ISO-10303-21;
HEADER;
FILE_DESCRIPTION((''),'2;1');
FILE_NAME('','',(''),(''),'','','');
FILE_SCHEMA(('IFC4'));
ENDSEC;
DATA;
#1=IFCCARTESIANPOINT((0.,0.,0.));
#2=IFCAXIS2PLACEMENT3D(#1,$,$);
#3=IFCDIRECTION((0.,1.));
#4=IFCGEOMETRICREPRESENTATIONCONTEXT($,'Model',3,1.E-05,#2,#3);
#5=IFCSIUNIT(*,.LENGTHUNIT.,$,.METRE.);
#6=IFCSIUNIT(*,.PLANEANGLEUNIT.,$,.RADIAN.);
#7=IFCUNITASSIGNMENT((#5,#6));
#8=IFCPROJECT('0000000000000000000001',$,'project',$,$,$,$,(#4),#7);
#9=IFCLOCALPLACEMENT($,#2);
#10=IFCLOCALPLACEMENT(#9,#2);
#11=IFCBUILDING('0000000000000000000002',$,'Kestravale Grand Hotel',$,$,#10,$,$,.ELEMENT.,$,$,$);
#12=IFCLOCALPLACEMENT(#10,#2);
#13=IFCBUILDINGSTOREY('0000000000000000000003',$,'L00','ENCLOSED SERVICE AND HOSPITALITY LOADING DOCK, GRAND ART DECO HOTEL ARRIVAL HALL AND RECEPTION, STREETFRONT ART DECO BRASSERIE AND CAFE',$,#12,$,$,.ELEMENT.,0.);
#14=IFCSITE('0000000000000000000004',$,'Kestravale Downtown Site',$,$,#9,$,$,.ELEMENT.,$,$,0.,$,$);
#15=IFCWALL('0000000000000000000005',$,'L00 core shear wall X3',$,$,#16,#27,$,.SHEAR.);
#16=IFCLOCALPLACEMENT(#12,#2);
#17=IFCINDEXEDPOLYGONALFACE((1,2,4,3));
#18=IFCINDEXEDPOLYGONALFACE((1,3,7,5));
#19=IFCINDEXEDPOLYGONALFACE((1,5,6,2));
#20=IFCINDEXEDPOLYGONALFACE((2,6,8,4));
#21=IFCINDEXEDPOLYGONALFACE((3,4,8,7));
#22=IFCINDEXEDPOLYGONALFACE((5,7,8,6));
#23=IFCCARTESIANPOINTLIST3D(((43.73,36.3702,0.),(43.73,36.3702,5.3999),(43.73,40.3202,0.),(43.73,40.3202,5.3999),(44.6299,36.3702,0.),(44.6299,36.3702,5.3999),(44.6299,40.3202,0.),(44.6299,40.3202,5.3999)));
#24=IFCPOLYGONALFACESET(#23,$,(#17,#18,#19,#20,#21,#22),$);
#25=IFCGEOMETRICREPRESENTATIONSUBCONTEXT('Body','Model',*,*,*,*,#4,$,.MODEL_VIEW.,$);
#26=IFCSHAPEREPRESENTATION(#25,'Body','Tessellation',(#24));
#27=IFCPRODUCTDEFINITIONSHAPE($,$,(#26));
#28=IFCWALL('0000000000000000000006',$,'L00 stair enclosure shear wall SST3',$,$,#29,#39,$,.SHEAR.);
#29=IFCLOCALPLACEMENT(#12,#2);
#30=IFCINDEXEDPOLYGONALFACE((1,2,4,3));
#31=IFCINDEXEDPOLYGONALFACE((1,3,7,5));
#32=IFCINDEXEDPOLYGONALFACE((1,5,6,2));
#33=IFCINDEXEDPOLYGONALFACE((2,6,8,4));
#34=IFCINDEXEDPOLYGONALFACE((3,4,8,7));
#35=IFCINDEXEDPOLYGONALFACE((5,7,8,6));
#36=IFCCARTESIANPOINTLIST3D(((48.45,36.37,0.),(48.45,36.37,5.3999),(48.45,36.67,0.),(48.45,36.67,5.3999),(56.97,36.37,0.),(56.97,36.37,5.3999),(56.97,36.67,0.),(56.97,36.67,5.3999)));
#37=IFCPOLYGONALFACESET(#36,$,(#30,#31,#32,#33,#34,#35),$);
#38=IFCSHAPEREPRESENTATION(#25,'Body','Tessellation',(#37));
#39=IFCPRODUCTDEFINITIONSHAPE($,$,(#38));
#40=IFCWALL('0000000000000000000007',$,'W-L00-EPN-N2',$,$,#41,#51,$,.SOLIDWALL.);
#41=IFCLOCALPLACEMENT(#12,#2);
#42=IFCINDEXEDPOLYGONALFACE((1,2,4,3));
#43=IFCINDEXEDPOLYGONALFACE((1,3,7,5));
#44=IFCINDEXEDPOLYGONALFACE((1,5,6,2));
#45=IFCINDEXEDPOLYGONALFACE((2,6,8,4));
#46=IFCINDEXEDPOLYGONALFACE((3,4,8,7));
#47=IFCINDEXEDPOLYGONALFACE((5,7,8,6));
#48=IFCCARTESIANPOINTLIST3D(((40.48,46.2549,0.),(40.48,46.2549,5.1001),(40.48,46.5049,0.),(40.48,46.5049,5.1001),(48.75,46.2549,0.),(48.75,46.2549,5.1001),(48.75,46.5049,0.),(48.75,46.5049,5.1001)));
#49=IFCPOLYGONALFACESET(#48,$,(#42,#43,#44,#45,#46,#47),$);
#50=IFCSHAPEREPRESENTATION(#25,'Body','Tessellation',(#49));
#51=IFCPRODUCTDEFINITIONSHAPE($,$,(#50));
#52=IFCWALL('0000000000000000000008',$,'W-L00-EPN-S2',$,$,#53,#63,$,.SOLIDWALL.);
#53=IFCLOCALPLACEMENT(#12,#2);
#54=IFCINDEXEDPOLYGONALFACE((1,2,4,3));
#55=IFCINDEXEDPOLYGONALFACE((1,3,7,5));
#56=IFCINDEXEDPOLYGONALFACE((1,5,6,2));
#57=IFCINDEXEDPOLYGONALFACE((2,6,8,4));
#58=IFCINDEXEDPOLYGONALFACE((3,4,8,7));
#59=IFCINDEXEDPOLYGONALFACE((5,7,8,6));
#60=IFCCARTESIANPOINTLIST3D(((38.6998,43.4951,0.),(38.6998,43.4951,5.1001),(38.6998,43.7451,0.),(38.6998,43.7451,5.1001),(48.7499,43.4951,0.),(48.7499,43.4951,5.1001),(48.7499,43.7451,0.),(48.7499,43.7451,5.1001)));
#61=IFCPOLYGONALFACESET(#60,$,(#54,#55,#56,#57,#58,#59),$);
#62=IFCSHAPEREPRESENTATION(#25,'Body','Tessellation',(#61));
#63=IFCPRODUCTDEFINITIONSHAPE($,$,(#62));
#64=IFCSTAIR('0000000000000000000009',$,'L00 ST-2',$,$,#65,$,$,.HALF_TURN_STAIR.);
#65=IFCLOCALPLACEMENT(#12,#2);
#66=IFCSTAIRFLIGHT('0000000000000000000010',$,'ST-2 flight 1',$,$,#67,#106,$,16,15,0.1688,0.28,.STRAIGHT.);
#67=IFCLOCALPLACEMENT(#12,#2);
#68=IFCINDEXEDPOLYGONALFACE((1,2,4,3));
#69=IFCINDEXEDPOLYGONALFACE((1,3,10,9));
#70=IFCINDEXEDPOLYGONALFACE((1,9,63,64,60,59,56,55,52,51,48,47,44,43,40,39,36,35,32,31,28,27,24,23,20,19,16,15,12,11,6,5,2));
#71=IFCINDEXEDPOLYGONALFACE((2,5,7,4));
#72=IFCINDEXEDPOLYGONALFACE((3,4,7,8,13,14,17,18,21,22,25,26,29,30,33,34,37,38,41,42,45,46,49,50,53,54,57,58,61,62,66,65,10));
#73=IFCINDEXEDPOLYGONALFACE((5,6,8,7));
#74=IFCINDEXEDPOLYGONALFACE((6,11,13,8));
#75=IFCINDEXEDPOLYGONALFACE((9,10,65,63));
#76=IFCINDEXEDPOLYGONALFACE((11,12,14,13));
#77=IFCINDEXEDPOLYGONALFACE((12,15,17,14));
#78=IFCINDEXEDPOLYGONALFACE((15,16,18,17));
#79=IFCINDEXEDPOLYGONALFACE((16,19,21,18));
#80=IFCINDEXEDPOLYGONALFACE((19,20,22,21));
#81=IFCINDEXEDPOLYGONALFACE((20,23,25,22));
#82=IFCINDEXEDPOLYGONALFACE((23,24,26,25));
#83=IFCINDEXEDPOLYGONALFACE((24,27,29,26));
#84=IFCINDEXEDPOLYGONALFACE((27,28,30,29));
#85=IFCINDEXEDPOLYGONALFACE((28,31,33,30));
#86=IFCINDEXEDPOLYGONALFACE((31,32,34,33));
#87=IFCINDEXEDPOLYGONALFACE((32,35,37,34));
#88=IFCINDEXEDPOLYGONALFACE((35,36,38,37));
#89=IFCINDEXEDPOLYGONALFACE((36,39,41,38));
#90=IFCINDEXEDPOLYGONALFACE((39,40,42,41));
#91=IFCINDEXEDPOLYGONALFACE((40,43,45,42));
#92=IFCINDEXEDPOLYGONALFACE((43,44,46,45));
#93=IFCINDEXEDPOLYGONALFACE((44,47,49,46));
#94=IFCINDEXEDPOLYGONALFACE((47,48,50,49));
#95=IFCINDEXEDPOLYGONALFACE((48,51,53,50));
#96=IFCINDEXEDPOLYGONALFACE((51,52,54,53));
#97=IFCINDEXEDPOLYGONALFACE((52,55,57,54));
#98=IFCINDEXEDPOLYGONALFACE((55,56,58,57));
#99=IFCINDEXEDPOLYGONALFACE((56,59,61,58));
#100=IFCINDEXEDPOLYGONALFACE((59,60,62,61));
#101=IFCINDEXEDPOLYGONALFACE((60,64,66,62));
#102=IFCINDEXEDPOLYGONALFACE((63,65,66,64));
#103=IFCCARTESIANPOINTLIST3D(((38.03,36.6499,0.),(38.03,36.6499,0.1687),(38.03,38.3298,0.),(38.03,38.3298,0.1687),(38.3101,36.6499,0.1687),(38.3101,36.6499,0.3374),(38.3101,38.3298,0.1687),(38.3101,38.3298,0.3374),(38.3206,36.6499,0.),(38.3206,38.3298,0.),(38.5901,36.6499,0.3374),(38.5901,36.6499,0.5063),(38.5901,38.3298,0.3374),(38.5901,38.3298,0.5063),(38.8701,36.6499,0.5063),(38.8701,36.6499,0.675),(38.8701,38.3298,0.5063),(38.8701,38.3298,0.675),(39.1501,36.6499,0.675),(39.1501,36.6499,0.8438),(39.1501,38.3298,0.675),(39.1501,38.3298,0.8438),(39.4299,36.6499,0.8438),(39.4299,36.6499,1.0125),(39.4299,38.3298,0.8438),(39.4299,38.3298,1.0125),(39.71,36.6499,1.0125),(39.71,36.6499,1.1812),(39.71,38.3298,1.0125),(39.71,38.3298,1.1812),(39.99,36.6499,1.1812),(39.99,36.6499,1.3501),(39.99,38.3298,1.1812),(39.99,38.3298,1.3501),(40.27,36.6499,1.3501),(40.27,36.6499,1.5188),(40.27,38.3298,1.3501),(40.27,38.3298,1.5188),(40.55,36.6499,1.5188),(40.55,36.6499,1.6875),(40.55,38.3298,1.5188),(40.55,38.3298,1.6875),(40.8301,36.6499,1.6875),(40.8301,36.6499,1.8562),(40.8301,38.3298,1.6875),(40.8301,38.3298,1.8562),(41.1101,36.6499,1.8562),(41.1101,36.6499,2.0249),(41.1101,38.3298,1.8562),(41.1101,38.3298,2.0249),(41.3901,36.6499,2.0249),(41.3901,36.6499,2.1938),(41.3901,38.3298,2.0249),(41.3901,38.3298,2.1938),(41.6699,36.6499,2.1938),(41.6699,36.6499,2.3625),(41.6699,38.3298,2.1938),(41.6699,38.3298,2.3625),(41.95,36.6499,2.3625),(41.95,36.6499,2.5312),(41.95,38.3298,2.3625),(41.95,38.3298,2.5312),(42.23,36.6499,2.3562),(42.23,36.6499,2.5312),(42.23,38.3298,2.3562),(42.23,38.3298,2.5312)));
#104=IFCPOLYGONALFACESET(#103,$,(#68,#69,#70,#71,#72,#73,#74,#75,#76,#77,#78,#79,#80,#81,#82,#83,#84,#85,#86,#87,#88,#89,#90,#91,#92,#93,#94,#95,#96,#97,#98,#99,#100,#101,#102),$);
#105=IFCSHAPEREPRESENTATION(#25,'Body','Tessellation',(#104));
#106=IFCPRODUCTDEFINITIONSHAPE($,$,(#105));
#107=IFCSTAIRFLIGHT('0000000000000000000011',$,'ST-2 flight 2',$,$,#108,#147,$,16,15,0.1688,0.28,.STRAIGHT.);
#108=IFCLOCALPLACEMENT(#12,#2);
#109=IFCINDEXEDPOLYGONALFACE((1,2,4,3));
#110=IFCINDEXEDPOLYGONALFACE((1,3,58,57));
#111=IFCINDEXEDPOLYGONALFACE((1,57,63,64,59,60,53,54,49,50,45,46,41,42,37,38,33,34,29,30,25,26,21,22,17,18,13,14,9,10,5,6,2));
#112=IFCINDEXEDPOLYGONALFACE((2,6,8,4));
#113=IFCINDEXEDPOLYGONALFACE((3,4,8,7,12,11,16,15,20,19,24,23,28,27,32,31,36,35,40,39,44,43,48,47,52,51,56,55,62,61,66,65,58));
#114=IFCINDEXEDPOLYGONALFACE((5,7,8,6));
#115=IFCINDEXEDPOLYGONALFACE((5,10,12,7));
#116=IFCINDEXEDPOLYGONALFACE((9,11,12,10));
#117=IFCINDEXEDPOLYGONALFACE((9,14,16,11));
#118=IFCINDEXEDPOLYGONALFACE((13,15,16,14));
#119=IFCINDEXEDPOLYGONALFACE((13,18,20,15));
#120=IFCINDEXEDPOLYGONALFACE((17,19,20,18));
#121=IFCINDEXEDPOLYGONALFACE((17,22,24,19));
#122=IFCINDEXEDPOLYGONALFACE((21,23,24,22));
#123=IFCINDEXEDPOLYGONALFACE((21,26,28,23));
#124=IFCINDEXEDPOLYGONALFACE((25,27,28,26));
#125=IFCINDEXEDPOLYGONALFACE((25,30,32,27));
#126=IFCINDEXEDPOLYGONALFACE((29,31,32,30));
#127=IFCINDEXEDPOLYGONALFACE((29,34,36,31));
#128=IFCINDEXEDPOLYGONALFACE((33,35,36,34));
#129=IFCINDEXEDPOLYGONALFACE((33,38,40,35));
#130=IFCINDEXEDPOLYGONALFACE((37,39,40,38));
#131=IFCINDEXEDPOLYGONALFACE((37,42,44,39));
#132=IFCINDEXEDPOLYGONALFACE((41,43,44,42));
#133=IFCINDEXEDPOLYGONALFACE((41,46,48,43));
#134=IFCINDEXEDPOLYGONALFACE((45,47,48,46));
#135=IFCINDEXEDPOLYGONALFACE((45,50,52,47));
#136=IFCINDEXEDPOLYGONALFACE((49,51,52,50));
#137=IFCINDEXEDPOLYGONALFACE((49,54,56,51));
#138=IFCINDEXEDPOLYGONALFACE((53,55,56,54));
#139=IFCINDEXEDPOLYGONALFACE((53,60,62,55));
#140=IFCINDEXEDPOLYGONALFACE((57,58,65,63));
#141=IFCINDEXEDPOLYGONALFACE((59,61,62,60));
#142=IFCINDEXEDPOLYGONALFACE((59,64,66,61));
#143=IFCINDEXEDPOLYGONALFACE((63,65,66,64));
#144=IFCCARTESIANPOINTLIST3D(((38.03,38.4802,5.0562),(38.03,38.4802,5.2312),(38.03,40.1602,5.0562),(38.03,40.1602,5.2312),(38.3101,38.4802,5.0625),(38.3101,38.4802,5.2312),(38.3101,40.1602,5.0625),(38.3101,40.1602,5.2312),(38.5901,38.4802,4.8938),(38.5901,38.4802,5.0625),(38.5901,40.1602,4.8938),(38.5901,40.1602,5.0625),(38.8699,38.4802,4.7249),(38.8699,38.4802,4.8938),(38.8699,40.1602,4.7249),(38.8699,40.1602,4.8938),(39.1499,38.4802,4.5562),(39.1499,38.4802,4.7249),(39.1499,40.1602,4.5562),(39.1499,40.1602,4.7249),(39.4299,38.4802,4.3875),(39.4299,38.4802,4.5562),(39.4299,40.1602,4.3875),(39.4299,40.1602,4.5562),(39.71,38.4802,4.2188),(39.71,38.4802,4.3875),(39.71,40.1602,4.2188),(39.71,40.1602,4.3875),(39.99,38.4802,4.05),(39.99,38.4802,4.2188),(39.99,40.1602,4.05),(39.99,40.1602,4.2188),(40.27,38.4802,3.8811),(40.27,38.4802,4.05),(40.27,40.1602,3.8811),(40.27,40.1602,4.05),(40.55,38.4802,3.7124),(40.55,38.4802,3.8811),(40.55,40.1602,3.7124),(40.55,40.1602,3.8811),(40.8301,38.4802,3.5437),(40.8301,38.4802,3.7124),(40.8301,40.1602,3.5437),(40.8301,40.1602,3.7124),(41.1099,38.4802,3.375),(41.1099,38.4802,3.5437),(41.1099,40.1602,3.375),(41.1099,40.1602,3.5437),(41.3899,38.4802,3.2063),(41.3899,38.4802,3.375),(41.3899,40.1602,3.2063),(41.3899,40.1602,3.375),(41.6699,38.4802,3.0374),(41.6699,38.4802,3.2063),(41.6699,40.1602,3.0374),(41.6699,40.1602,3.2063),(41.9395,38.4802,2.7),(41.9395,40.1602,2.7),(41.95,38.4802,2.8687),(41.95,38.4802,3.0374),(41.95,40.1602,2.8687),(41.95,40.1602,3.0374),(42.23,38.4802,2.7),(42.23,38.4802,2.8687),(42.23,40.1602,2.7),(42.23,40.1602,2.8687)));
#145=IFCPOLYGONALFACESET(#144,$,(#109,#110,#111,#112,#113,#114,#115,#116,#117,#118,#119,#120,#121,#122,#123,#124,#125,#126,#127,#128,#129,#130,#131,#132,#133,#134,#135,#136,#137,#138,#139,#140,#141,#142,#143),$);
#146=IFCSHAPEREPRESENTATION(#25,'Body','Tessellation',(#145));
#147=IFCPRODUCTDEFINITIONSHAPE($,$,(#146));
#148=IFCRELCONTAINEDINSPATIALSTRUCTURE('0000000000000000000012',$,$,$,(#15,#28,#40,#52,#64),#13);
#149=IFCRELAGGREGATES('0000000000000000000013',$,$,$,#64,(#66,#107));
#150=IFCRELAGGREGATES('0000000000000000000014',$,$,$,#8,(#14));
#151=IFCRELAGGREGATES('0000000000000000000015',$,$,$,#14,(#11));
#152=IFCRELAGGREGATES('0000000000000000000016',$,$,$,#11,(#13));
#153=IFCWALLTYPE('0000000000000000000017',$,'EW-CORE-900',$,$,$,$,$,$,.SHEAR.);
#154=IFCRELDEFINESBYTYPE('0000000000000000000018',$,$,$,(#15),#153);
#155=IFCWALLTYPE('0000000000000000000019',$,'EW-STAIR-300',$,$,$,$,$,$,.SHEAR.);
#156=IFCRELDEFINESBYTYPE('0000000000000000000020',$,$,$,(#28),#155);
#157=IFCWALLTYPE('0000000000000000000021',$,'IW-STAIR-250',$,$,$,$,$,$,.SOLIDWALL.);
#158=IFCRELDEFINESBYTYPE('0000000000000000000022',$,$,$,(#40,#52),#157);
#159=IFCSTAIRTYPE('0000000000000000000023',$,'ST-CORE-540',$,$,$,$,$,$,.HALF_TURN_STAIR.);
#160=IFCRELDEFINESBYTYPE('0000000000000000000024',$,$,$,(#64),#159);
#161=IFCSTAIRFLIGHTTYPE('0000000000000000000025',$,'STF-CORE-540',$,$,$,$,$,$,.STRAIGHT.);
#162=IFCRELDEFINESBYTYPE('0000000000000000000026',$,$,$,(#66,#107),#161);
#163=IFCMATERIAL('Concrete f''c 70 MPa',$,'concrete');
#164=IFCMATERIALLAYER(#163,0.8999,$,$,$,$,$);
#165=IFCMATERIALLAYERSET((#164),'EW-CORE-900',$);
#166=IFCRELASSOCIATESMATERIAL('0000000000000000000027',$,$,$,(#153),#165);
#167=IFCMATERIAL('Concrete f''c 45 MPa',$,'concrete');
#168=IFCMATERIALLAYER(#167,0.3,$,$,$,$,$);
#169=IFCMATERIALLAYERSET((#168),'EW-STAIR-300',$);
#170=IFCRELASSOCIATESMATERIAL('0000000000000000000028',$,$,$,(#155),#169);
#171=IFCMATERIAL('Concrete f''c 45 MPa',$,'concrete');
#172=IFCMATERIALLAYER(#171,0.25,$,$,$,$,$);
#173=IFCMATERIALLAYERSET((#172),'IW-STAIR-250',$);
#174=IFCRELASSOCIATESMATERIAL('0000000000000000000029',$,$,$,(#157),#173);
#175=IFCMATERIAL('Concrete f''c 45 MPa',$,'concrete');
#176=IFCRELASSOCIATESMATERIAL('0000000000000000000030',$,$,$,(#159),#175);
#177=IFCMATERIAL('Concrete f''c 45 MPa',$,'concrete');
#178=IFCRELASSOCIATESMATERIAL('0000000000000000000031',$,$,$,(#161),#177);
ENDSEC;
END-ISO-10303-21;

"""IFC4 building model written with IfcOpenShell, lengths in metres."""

from ifc_helpers import new_model, si_unit, direction, frame, frame_2d, origin, place, context, subcontext, project, spatial, polyline, rectangle, outline, extrude, material, layer, layer_set, type_object, element, aggregate, save


model = new_model("IFC4")

# Units and contexts
model_context = context("Model", 3, precision=1e-05, world=origin(), true_north=direction((0.0, 1.0)))
body_context = subcontext(model_context, "Body", "Model", "MODEL_VIEW")
ifc_project = project(units=[si_unit("LENGTHUNIT", "METRE"), si_unit("PLANEANGLEUNIT", "RADIAN")], contexts=[model_context])

# Site, building, storey
site_placement = place(None, origin())
site = spatial("IfcSite", under=ifc_project, at=site_placement, Name="Kestravale Downtown Site", CompositionType="ELEMENT", RefElevation=0.0)
building_placement = place(site_placement, origin())
building = spatial("IfcBuilding", under=site, at=building_placement, Name="Kestravale Grand Hotel", CompositionType="ELEMENT")
storey_placement = place(building_placement, origin())
storey = spatial("IfcBuildingStorey", under=building, at=storey_placement, Name="L00", Description="ENCLOSED SERVICE AND HOSPITALITY LOADING DOCK, GRAND ART DECO HOTEL ARRIVAL HALL AND RECEPTION, STREETFRONT ART DECO BRASSERIE AND CAFE", CompositionType="ELEMENT", Elevation=0.0)

# Shared definitions
ifc_material_1 = material(Name="Concrete f'c 70 MPa", Category="concrete")
ifc_layer_1 = layer(ifc_material_1, 0.8999)
ifc_layer_set_1 = layer_set([ifc_layer_1], Name="EW-CORE-900")
wall_type_1 = type_object("IfcWallType", Name="EW-CORE-900", PredefinedType="SHEAR", material=ifc_layer_set_1)

# Walls
wall_1_placement = place(storey_placement, frame((44.1799, 36.3701, 0.0), z_axis=(0.0, 0.0, 1.0), x_axis=(0.0, 1.0, 0.0)))
element("IfcWall", 1, at=wall_1_placement, inside=storey, type_object=wall_type_1, Name="L00 core shear wall X3", PredefinedType="SHEAR", context=body_context, shape_type="SweptSolid", body=[
    extrude(rectangle(XDim=3.95, YDim=0.8999, at=frame_2d((1.9751, 0.0))), origin(), (0.0, 0.0, 1.0), 5.3999),
])
ifc_material_2 = material(Name="Concrete f'c 45 MPa", Category="concrete")
ifc_layer_2 = layer(ifc_material_2, 0.3)
ifc_layer_set_2 = layer_set([ifc_layer_2], Name="EW-STAIR-300")
wall_type_2 = type_object("IfcWallType", Name="EW-STAIR-300", PredefinedType="SHEAR", material=ifc_layer_set_2)
wall_2_placement = place(storey_placement, frame((48.45, 36.52, 0.0), z_axis=(0.0, 0.0, 1.0), x_axis=(1.0, 0.0, 0.0)))
element("IfcWall", 2, at=wall_2_placement, inside=storey, type_object=wall_type_2, Name="L00 stair enclosure shear wall SST3", PredefinedType="SHEAR", context=body_context, shape_type="SweptSolid", body=[
    extrude(rectangle(XDim=8.52, YDim=0.3, at=frame_2d((4.26, 0.0))), origin(), (0.0, 0.0, 1.0), 5.3999),
])

# Walls
ifc_material_3 = material(Name="Concrete f'c 45 MPa", Category="concrete")
ifc_layer_3 = layer(ifc_material_3, 0.25)
ifc_layer_set_3 = layer_set([ifc_layer_3], Name="IW-STAIR-250")
wall_type_3 = type_object("IfcWallType", Name="IW-STAIR-250", PredefinedType="SOLIDWALL", material=ifc_layer_set_3)
wall_3_placement = place(storey_placement, frame((40.48, 46.3799, 0.0), z_axis=(0.0, 0.0, 1.0), x_axis=(1.0, 0.0, 0.0)))
element("IfcWall", 3, at=wall_3_placement, inside=storey, type_object=wall_type_3, Name="W-L00-EPN-N2", PredefinedType="SOLIDWALL", context=body_context, shape_type="SweptSolid", body=[
    extrude(rectangle(XDim=8.27, YDim=0.25, at=frame_2d((4.135, 0.0))), origin(), (0.0, 0.0, 1.0), 5.1001),
])
wall_4_placement = place(storey_placement, frame((38.7, 43.6201, 0.0), z_axis=(0.0, 0.0, 1.0), x_axis=(1.0, 0.0, 0.0)))
element("IfcWall", 4, at=wall_4_placement, inside=storey, type_object=wall_type_3, Name="W-L00-EPN-S2", PredefinedType="SOLIDWALL", context=body_context, shape_type="SweptSolid", body=[
    extrude(rectangle(XDim=10.05, YDim=0.25, at=frame_2d((5.0249, 0.0))), origin(), (0.0, 0.0, 1.0), 5.1001),
])

# Stair, stair flights
ifc_material_4 = material(Name="Concrete f'c 45 MPa", Category="concrete")
stair_type = type_object("IfcStairType", Name="ST-CORE-540", PredefinedType="HALF_TURN_STAIR", material=ifc_material_4)
stair_1_placement = place(storey_placement, origin())
stair_1 = element("IfcStair", 5, at=stair_1_placement, inside=storey, type_object=stair_type, Name="L00 ST-2", PredefinedType="HALF_TURN_STAIR")
ifc_material_5 = material(Name="Concrete f'c 45 MPa", Category="concrete")
stair_flight_type = type_object("IfcStairFlightType", Name="STF-CORE-540", PredefinedType="STRAIGHT", material=ifc_material_5)
stair_flight_1_placement = place(storey_placement, frame((38.03, 37.49, 0.0), z_axis=(0.0, 0.0, 1.0), x_axis=(1.0, 0.0, 0.0)))
stair_flight_1 = element("IfcStairFlight", 6, at=stair_flight_1_placement, type_object=stair_flight_type, Name="ST-2 flight 1", NumberOfRisers=16, NumberOfTreads=15, PredefinedType="STRAIGHT", RiserHeight=0.1688, TreadLength=0.28, context=body_context, shape_type="SweptSolid", body=[
    extrude(outline(polyline([(0.0, 0.0), (0.0, 0.1687), (0.28, 0.1687), (0.28, 0.3374), (0.5601, 0.3374), (0.5601, 0.5063), (0.8401, 0.5063), (0.8401, 0.675), (1.1201, 0.675), (1.1201, 0.8438), (1.3999, 0.8438), (1.3999, 1.0125), (1.6799, 1.0125), (1.6799, 1.1812), (1.96, 1.1812), (1.96, 1.3501), (2.24, 1.3501), (2.24, 1.5188), (2.52, 1.5188), (2.52, 1.6875), (2.8, 1.6875), (2.8, 1.8562), (3.0801, 1.8562), (3.0801, 2.0249), (3.3601, 2.0249), (3.3601, 2.1938), (3.6399, 2.1938), (3.6399, 2.3625), (3.9199, 2.3625), (3.9199, 2.5312), (4.2, 2.5312), (4.2, 2.7), (4.2, 2.3562), (0.2905, 0.0), (0.0, 0.0)])), frame((0.0, 0.8398, 0.0), z_axis=(0.0, -1.0, 0.0), x_axis=(1.0, 0.0, 0.0)), (0.0, 0.0, 1.0), 1.6799),
])
stair_flight_2_placement = place(storey_placement, frame((42.23, 39.3201, 2.7), z_axis=(0.0, 0.0, 1.0), x_axis=(-1.0, 0.0, 0.0)))
stair_flight_2 = element("IfcStairFlight", 7, at=stair_flight_2_placement, type_object=stair_flight_type, Name="ST-2 flight 2", NumberOfRisers=16, NumberOfTreads=15, PredefinedType="STRAIGHT", RiserHeight=0.1688, TreadLength=0.28, context=body_context, shape_type="SweptSolid", body=[
    extrude(outline(polyline([(0.0, 0.0), (0.0, 0.1687), (0.28, 0.1687), (0.28, 0.3374), (0.5601, 0.3374), (0.5601, 0.5063), (0.8401, 0.5063), (0.8401, 0.675), (1.1201, 0.675), (1.1201, 0.8438), (1.3999, 0.8438), (1.3999, 1.0125), (1.6799, 1.0125), (1.6799, 1.1812), (1.96, 1.1812), (1.96, 1.3501), (2.24, 1.3501), (2.24, 1.5188), (2.52, 1.5188), (2.52, 1.6875), (2.8, 1.6875), (2.8, 1.8562), (3.0801, 1.8562), (3.0801, 2.0249), (3.3601, 2.0249), (3.3601, 2.1938), (3.6399, 2.1938), (3.6399, 2.3625), (3.9199, 2.3625), (3.9199, 2.5312), (4.2, 2.5312), (4.2, 2.7), (4.2, 2.3562), (0.2905, 0.0), (0.0, 0.0)])), frame((0.0, 0.8398, 0.0), z_axis=(0.0, -1.0, 0.0), x_axis=(1.0, 0.0, 0.0)), (0.0, 0.0, 1.0), 1.6799),
])
aggregate(stair_1, [stair_flight_1, stair_flight_2])

save(model, "model.ifc")
